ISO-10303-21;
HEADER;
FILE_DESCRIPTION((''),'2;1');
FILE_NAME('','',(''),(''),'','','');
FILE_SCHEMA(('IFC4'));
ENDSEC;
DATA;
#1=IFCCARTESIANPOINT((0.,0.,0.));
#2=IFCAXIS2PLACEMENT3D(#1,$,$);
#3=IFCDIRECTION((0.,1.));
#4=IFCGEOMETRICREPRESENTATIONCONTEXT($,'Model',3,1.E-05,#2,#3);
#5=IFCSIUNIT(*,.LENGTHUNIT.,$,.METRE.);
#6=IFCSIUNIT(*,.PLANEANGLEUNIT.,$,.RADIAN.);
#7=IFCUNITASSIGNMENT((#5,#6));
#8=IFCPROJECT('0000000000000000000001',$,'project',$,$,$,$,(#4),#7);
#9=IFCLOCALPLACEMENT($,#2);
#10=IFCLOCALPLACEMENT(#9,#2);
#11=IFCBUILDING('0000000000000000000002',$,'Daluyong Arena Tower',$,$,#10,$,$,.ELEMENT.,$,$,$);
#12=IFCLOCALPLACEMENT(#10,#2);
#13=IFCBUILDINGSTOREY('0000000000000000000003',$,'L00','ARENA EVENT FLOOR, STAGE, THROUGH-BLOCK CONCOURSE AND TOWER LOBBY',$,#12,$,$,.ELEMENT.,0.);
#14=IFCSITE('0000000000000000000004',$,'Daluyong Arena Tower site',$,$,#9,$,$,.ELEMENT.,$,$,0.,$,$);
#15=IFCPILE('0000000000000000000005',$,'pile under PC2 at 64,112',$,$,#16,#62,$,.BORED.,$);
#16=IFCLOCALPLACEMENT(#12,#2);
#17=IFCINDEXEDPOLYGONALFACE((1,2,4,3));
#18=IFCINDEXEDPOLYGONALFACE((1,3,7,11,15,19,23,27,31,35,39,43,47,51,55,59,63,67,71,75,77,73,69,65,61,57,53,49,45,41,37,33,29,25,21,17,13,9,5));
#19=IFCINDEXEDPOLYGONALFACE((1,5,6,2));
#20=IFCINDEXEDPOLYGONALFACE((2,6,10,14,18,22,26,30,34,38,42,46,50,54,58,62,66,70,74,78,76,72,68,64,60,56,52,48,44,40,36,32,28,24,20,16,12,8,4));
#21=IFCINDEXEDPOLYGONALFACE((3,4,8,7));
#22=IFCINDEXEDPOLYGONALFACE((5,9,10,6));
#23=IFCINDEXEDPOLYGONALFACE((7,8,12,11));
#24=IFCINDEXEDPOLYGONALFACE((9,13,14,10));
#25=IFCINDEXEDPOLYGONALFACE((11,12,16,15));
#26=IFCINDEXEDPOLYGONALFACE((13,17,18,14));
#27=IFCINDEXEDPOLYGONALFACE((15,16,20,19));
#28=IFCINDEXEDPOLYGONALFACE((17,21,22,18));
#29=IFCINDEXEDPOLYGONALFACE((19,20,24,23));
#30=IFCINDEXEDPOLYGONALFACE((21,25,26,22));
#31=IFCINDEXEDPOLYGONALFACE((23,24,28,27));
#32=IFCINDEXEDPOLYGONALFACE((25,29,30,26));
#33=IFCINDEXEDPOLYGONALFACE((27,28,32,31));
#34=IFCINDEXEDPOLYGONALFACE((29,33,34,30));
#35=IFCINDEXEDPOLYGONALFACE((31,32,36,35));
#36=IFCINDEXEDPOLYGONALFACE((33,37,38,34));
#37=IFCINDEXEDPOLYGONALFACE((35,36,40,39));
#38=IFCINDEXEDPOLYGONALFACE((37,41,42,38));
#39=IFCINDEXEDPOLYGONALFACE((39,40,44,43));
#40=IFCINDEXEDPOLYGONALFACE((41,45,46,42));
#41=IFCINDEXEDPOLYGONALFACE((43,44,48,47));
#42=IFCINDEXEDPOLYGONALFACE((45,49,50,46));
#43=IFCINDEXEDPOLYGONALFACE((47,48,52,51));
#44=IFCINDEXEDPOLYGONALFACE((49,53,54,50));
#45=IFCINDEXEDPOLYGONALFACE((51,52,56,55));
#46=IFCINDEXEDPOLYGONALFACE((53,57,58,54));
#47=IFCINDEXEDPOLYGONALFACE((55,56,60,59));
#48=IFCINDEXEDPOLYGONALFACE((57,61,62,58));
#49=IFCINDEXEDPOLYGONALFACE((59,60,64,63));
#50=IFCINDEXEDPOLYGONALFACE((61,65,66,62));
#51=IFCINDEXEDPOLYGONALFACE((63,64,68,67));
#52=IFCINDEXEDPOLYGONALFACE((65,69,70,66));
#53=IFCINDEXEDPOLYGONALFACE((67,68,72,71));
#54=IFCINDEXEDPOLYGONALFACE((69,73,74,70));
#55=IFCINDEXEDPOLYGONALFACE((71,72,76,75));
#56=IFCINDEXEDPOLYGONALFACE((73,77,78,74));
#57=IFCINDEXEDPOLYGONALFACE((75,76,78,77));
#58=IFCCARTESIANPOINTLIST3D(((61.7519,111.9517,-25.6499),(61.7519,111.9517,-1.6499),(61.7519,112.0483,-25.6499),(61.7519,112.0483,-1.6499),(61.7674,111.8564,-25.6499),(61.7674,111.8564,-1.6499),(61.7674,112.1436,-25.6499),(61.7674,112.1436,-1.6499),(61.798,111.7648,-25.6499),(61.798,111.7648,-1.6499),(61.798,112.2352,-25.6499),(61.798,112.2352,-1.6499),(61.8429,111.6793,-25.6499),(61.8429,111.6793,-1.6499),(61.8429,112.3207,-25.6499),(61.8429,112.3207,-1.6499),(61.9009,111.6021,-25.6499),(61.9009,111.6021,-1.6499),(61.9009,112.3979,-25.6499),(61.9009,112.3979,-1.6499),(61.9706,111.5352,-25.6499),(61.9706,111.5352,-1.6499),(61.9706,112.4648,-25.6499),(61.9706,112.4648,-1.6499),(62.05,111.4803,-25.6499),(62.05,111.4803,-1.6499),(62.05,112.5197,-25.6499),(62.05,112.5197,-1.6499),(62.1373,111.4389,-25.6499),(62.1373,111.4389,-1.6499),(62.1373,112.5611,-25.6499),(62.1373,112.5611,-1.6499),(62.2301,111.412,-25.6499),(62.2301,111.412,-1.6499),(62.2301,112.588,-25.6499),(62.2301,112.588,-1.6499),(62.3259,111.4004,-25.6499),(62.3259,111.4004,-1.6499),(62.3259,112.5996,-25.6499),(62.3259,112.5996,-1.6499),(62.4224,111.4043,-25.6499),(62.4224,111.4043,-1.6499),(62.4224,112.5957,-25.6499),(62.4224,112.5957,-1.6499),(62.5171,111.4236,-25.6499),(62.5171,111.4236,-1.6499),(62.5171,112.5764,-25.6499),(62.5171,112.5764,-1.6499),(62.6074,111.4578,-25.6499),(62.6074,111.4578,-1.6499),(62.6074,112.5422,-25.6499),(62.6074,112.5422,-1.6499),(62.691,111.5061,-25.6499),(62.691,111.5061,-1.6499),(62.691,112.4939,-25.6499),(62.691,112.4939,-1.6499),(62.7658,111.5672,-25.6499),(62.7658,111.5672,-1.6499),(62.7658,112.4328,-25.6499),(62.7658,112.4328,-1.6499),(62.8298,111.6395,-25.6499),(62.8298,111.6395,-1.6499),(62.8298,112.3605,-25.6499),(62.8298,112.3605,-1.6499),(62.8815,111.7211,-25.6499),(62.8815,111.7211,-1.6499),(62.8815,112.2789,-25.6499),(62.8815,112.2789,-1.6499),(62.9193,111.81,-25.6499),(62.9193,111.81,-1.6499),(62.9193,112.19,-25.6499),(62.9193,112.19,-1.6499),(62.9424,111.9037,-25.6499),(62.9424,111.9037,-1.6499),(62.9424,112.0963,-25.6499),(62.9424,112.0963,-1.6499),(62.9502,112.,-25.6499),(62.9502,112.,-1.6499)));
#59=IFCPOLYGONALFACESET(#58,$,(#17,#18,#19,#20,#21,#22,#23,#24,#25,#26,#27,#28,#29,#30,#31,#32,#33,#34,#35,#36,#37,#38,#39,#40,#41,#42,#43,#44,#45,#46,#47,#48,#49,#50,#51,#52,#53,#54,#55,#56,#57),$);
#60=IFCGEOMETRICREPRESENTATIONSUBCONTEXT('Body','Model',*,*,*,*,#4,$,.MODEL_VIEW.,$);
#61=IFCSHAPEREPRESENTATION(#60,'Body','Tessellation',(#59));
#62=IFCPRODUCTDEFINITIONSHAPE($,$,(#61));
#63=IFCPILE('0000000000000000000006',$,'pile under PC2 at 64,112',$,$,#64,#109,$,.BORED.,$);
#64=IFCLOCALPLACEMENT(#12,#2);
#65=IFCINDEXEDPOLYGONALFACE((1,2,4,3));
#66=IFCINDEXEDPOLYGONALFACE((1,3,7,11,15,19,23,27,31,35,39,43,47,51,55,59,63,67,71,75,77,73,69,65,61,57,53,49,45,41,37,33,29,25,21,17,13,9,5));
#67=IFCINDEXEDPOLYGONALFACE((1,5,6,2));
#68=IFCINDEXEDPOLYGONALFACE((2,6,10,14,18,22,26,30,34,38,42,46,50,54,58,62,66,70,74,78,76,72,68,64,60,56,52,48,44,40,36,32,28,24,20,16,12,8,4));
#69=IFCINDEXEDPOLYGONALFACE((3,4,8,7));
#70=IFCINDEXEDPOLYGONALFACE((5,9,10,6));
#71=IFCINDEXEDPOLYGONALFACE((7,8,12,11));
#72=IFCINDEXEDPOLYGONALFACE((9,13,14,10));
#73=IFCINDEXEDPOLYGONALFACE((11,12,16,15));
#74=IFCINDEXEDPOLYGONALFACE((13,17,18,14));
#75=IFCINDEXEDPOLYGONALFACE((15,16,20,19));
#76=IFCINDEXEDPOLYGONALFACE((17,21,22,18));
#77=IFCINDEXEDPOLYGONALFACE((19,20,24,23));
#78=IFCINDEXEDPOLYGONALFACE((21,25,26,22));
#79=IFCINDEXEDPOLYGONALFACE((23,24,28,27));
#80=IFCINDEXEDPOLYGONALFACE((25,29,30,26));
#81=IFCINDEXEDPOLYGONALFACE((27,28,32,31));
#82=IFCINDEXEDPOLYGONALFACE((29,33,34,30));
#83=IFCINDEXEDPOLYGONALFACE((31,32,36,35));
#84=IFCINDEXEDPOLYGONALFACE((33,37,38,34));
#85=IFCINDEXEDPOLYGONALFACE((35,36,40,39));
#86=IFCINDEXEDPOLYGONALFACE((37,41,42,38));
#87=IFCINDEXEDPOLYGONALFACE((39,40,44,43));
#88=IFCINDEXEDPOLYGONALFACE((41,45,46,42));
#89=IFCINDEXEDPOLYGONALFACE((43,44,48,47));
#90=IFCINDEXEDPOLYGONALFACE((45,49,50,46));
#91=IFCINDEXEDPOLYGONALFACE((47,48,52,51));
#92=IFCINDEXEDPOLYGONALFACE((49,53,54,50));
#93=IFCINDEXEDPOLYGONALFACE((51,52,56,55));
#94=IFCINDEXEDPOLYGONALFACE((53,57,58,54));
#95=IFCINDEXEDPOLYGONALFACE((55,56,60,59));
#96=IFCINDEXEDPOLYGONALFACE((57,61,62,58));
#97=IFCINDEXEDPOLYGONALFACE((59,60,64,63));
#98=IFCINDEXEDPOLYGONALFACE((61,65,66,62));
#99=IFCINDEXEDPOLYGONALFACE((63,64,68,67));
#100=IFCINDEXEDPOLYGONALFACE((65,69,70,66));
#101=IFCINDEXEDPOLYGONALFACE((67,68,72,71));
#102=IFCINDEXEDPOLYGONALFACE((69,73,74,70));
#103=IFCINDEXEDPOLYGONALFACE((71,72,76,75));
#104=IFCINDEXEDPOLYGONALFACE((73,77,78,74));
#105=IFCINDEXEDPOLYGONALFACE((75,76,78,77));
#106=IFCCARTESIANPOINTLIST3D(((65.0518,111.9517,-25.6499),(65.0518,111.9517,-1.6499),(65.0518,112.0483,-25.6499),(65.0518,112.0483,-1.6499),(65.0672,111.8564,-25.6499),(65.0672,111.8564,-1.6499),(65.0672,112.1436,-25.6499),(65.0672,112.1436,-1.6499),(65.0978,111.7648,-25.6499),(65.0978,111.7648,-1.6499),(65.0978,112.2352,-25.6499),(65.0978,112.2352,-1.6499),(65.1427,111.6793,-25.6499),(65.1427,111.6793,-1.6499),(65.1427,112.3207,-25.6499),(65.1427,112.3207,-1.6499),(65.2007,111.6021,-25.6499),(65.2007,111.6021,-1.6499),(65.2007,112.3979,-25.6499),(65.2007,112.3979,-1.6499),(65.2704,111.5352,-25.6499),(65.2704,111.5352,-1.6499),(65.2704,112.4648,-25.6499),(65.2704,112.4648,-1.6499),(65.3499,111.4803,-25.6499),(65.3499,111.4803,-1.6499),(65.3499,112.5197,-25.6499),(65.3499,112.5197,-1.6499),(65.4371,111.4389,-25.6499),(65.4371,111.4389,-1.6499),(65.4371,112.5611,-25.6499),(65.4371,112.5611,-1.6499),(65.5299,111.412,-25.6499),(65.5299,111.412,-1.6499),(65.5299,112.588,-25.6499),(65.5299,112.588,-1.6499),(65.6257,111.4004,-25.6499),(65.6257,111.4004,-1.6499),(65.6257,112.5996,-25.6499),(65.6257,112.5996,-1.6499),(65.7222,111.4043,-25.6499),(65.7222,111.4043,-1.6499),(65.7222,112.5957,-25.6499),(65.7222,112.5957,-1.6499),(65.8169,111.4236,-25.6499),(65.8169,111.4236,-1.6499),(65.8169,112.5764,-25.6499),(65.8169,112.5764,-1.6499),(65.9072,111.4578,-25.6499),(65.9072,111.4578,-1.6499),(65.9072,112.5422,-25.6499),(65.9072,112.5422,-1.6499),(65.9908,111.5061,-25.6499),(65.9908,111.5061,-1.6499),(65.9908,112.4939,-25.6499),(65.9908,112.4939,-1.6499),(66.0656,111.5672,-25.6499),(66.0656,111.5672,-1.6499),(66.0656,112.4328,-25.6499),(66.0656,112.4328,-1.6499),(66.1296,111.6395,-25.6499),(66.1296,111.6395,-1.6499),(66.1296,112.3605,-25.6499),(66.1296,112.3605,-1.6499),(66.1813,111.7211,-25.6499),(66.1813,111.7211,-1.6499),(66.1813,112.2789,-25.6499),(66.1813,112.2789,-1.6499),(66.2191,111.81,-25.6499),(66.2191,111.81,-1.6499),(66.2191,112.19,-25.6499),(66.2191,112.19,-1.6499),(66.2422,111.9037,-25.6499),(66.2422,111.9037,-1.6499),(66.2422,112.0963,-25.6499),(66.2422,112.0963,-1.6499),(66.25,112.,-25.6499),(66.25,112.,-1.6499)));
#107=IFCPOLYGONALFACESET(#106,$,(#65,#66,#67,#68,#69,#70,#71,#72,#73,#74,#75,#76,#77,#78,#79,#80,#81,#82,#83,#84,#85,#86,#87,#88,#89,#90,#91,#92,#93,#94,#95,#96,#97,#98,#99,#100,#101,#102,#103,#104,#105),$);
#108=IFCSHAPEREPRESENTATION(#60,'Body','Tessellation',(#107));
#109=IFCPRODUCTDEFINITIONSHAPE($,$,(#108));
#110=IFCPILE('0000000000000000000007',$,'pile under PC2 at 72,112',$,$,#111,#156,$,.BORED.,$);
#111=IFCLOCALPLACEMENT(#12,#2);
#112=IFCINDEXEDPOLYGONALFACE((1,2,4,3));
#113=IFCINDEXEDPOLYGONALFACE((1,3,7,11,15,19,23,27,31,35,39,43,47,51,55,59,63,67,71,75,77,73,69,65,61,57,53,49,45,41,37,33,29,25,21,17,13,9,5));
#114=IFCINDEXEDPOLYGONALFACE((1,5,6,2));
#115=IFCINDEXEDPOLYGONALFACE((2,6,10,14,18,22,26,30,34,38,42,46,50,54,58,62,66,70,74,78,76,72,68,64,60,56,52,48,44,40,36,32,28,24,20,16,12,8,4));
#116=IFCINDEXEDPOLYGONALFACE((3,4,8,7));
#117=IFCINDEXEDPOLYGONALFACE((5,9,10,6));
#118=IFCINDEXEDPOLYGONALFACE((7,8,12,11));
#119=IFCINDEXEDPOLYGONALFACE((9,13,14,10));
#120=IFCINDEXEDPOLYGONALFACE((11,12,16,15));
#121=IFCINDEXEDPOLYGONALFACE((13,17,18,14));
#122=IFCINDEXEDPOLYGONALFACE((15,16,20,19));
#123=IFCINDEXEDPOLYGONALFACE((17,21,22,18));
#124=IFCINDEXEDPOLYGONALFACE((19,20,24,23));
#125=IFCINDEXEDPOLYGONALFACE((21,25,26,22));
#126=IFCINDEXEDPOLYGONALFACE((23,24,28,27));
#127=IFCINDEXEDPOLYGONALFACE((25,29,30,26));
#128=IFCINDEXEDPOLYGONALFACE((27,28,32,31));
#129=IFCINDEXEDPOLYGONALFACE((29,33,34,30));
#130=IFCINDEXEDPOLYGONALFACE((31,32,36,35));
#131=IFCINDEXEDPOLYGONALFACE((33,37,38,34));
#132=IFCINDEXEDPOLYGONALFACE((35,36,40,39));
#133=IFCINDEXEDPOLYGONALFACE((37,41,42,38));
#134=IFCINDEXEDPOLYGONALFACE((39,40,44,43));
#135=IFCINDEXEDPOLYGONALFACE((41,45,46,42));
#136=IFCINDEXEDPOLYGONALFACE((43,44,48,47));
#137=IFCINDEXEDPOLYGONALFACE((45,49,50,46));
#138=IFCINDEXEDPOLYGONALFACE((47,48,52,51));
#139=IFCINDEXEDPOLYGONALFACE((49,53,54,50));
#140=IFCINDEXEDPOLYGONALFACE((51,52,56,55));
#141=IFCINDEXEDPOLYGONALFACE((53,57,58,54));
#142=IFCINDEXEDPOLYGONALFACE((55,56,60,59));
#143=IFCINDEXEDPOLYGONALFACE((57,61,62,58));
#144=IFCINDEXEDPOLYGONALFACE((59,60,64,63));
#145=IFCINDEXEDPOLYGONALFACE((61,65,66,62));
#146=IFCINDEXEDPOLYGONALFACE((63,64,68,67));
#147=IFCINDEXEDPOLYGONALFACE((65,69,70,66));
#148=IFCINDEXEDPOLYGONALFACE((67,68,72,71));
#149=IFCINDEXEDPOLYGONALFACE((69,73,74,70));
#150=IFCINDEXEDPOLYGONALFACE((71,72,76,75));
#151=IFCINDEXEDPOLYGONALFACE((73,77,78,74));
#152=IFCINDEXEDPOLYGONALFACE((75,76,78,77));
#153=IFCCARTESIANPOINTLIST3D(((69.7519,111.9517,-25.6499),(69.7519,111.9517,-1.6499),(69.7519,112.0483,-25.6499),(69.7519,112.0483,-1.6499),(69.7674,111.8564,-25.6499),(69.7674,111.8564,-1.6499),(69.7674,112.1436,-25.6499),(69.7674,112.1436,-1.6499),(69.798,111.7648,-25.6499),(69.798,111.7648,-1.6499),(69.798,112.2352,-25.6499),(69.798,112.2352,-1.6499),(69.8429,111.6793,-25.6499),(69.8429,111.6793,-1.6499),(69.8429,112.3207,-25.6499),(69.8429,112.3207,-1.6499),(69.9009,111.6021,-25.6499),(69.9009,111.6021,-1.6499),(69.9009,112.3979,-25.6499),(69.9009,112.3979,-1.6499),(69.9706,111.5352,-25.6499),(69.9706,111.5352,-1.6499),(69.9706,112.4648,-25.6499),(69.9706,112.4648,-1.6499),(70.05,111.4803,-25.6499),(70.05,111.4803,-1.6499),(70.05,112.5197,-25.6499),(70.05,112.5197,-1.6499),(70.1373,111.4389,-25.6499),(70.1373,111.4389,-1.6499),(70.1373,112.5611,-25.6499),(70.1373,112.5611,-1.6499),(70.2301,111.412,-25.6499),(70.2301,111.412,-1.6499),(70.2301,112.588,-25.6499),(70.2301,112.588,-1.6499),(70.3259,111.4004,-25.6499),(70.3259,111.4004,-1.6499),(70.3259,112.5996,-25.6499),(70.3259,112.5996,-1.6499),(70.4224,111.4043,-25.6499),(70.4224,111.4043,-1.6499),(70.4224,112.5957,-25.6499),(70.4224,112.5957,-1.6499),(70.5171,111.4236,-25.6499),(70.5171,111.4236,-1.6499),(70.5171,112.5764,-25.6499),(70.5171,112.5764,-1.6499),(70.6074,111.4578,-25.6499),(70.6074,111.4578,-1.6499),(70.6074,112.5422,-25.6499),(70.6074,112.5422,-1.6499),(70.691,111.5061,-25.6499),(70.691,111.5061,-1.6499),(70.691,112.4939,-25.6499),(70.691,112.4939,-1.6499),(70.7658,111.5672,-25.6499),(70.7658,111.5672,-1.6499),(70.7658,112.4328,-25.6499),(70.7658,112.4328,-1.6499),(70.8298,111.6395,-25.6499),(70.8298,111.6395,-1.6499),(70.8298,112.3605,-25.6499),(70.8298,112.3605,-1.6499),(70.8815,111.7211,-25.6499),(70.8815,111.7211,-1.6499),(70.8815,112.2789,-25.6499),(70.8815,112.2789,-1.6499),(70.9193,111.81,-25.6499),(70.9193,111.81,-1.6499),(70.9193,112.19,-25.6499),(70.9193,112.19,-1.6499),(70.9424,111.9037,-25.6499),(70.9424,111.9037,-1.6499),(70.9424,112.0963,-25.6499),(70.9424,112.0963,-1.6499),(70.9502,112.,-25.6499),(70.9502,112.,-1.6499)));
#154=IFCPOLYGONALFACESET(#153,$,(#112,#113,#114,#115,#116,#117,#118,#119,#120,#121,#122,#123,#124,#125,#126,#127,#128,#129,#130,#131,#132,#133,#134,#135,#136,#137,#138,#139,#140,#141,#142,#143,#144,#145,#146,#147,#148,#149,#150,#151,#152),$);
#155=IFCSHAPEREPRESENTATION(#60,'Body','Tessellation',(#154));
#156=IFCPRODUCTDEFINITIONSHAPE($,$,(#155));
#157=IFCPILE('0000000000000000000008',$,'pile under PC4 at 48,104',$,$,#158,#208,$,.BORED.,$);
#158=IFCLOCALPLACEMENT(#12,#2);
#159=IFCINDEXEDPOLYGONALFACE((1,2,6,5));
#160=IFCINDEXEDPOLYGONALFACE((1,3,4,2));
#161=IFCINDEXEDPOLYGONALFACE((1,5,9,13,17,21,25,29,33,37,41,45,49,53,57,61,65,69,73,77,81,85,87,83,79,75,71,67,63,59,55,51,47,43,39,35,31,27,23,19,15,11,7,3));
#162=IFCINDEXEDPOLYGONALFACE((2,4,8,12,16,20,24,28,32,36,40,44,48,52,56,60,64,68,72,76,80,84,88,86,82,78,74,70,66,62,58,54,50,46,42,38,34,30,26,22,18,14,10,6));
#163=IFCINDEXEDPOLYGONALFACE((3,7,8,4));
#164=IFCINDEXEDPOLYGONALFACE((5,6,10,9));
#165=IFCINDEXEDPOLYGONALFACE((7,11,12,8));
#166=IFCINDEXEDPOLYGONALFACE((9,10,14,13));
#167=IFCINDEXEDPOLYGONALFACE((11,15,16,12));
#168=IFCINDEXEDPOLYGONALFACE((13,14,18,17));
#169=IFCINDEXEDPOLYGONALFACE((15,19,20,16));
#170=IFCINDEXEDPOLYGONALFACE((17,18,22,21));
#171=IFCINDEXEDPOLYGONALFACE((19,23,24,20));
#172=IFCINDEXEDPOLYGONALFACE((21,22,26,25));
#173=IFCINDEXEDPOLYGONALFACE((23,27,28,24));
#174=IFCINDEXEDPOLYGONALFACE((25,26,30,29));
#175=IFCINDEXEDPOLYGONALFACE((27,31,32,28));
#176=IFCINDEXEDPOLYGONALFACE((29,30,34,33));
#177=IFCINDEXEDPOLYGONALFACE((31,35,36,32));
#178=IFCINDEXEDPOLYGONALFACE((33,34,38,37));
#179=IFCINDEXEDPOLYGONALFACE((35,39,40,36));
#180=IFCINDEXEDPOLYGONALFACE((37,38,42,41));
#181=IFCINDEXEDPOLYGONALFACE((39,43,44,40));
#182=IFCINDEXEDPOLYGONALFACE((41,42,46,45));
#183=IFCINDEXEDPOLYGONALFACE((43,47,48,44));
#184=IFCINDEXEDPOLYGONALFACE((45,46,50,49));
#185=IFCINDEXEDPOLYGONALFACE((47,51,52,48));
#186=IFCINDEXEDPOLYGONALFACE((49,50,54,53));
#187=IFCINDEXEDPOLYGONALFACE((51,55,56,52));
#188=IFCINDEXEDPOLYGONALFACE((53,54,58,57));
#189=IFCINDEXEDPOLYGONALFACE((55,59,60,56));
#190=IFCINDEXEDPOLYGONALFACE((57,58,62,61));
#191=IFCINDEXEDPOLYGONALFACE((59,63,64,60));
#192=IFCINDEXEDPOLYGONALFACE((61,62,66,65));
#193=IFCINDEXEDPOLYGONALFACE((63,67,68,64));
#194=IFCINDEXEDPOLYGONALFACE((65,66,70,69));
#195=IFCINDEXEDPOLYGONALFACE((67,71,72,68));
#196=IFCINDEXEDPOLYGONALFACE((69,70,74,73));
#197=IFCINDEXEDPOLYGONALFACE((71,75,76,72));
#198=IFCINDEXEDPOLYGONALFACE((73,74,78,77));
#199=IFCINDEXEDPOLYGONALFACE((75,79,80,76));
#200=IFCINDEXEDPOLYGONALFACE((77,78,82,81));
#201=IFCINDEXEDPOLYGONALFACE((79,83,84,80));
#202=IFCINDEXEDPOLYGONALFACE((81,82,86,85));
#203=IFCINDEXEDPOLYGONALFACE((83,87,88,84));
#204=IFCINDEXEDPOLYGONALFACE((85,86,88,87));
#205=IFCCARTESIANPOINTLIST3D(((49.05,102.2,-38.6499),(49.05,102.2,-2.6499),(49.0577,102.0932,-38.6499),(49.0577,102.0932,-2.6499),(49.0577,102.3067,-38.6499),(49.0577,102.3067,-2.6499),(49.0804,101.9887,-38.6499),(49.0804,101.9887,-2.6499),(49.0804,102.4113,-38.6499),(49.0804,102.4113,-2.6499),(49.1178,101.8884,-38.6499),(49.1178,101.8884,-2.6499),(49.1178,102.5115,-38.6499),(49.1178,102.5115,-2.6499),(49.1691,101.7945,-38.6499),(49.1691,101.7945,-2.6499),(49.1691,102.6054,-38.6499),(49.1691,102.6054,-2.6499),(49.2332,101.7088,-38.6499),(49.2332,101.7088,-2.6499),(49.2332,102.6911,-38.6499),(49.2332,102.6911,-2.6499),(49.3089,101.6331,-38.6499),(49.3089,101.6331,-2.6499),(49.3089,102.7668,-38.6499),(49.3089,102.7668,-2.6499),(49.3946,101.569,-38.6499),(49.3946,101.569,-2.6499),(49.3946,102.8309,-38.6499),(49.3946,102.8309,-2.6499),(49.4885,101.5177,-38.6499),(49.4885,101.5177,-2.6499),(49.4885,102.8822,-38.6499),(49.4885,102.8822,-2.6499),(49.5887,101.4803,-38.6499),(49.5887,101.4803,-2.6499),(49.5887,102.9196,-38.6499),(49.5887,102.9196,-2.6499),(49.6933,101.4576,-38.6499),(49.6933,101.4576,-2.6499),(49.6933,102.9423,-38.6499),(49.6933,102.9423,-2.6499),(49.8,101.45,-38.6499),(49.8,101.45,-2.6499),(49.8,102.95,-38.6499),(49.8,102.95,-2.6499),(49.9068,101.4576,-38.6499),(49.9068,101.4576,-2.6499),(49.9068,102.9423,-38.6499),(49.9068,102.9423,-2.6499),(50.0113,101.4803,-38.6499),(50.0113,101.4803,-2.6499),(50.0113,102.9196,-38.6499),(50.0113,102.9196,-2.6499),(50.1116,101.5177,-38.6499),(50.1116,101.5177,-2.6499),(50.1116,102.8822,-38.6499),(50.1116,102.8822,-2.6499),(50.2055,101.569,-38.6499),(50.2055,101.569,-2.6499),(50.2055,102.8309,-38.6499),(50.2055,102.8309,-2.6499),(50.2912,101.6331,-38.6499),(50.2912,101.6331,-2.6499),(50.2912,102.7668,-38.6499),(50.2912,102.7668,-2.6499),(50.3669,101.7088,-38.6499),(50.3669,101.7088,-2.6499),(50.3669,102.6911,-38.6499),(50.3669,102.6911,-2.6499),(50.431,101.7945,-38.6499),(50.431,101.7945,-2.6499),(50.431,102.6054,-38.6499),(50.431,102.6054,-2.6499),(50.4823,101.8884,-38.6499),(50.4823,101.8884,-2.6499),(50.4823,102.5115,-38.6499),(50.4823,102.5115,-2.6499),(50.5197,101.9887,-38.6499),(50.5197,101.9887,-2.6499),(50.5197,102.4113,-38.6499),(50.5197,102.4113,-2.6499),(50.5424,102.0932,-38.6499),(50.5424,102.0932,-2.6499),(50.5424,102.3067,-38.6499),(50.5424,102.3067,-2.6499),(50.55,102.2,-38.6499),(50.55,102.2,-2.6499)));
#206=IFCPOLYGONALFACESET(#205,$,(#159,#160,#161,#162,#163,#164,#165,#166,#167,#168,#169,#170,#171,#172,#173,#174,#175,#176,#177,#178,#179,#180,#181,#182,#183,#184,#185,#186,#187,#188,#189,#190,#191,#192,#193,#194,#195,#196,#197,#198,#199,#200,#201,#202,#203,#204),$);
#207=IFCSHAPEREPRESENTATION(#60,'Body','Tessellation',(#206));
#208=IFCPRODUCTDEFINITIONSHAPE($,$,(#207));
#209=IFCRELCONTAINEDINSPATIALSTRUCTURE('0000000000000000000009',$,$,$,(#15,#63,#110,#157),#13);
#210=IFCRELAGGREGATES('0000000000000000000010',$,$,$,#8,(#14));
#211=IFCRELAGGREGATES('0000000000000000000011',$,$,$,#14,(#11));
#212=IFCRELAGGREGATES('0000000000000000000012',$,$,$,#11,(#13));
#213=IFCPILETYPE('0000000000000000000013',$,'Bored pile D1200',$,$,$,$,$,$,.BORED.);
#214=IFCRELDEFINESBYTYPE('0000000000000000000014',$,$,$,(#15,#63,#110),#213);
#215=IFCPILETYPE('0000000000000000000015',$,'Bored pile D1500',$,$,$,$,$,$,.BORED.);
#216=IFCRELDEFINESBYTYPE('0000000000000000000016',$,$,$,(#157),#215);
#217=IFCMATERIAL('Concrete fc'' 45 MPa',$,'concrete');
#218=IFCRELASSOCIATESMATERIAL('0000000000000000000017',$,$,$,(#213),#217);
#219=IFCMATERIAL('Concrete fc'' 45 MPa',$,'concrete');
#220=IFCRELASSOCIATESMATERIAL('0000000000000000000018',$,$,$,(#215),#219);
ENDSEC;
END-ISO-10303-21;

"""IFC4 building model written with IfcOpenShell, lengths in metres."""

from ifc_helpers import new_model, si_unit, direction, frame, origin, origin_2d, place, context, subcontext, project, spatial, circle, extrude, material, type_object, element, save


model = new_model("IFC4")

# Units and contexts
model_context = context("Model", 3, precision=1e-05, world=origin(), true_north=direction((0.0, 1.0)))
body_context = subcontext(model_context, "Body", "Model", "MODEL_VIEW")
ifc_project = project(units=[si_unit("LENGTHUNIT", "METRE"), si_unit("PLANEANGLEUNIT", "RADIAN")], contexts=[model_context])

# Site, building, storey
site_placement = place(None, origin())
site = spatial("IfcSite", under=ifc_project, at=site_placement, Name="Daluyong Arena Tower site", CompositionType="ELEMENT", RefElevation=0.0)
building_placement = place(site_placement, origin())
building = spatial("IfcBuilding", under=site, at=building_placement, Name="Daluyong Arena Tower", CompositionType="ELEMENT")
storey_placement = place(building_placement, origin())
storey = spatial("IfcBuildingStorey", under=building, at=storey_placement, Name="L00", Description="ARENA EVENT FLOOR, STAGE, THROUGH-BLOCK CONCOURSE AND TOWER LOBBY", CompositionType="ELEMENT", Elevation=0.0)

# Piles
ifc_material_1 = material(Name="Concrete fc' 45 MPa", Category="concrete")
pile_type_1 = type_object("IfcPileType", Name="Bored pile D1200", PredefinedType="BORED", material=ifc_material_1)
for number, where, z_axis, x_axis, name in (
    (1, (62.3501, 112.0, -1.6499), (0.0, 0.0, -1.0), (1.0, 0.0, 0.0), "pile under PC2 at 64,112"),
    (2, (65.6499, 112.0, -1.6499), (0.0, 0.0, -1.0), (1.0, 0.0, 0.0), "pile under PC2 at 64,112"),
    (3, (70.3501, 112.0, -1.6499), (0.0, 0.0, -1.0), (1.0, 0.0, 0.0), "pile under PC2 at 72,112"),
):
    element("IfcPile", number, at=place(storey_placement, frame(where, z_axis=z_axis, x_axis=x_axis)), inside=storey, type_object=pile_type_1, Name=name, PredefinedType="BORED", context=body_context, shape_type="SweptSolid", body=[
        extrude(circle(Radius=0.6001, at=origin_2d()), origin(), (0.0, 0.0, 1.0), 24.0),
    ])
ifc_material_2 = material(Name="Concrete fc' 45 MPa", Category="concrete")
pile_type_2 = type_object("IfcPileType", Name="Bored pile D1500", PredefinedType="BORED", material=ifc_material_2)
for number, where, z_axis, x_axis, name in (
    (4, (49.8, 102.2, -2.6499), (0.0, 0.0, -1.0), (1.0, 0.0, 0.0), "pile under PC4 at 48,104"),
):
    element("IfcPile", number, at=place(storey_placement, frame(where, z_axis=z_axis, x_axis=x_axis)), inside=storey, type_object=pile_type_2, Name=name, PredefinedType="BORED", context=body_context, shape_type="SweptSolid", body=[
        extrude(circle(Radius=0.75, at=origin_2d()), origin(), (0.0, 0.0, 1.0), 36.0),
    ])

save(model, "model.ifc")
